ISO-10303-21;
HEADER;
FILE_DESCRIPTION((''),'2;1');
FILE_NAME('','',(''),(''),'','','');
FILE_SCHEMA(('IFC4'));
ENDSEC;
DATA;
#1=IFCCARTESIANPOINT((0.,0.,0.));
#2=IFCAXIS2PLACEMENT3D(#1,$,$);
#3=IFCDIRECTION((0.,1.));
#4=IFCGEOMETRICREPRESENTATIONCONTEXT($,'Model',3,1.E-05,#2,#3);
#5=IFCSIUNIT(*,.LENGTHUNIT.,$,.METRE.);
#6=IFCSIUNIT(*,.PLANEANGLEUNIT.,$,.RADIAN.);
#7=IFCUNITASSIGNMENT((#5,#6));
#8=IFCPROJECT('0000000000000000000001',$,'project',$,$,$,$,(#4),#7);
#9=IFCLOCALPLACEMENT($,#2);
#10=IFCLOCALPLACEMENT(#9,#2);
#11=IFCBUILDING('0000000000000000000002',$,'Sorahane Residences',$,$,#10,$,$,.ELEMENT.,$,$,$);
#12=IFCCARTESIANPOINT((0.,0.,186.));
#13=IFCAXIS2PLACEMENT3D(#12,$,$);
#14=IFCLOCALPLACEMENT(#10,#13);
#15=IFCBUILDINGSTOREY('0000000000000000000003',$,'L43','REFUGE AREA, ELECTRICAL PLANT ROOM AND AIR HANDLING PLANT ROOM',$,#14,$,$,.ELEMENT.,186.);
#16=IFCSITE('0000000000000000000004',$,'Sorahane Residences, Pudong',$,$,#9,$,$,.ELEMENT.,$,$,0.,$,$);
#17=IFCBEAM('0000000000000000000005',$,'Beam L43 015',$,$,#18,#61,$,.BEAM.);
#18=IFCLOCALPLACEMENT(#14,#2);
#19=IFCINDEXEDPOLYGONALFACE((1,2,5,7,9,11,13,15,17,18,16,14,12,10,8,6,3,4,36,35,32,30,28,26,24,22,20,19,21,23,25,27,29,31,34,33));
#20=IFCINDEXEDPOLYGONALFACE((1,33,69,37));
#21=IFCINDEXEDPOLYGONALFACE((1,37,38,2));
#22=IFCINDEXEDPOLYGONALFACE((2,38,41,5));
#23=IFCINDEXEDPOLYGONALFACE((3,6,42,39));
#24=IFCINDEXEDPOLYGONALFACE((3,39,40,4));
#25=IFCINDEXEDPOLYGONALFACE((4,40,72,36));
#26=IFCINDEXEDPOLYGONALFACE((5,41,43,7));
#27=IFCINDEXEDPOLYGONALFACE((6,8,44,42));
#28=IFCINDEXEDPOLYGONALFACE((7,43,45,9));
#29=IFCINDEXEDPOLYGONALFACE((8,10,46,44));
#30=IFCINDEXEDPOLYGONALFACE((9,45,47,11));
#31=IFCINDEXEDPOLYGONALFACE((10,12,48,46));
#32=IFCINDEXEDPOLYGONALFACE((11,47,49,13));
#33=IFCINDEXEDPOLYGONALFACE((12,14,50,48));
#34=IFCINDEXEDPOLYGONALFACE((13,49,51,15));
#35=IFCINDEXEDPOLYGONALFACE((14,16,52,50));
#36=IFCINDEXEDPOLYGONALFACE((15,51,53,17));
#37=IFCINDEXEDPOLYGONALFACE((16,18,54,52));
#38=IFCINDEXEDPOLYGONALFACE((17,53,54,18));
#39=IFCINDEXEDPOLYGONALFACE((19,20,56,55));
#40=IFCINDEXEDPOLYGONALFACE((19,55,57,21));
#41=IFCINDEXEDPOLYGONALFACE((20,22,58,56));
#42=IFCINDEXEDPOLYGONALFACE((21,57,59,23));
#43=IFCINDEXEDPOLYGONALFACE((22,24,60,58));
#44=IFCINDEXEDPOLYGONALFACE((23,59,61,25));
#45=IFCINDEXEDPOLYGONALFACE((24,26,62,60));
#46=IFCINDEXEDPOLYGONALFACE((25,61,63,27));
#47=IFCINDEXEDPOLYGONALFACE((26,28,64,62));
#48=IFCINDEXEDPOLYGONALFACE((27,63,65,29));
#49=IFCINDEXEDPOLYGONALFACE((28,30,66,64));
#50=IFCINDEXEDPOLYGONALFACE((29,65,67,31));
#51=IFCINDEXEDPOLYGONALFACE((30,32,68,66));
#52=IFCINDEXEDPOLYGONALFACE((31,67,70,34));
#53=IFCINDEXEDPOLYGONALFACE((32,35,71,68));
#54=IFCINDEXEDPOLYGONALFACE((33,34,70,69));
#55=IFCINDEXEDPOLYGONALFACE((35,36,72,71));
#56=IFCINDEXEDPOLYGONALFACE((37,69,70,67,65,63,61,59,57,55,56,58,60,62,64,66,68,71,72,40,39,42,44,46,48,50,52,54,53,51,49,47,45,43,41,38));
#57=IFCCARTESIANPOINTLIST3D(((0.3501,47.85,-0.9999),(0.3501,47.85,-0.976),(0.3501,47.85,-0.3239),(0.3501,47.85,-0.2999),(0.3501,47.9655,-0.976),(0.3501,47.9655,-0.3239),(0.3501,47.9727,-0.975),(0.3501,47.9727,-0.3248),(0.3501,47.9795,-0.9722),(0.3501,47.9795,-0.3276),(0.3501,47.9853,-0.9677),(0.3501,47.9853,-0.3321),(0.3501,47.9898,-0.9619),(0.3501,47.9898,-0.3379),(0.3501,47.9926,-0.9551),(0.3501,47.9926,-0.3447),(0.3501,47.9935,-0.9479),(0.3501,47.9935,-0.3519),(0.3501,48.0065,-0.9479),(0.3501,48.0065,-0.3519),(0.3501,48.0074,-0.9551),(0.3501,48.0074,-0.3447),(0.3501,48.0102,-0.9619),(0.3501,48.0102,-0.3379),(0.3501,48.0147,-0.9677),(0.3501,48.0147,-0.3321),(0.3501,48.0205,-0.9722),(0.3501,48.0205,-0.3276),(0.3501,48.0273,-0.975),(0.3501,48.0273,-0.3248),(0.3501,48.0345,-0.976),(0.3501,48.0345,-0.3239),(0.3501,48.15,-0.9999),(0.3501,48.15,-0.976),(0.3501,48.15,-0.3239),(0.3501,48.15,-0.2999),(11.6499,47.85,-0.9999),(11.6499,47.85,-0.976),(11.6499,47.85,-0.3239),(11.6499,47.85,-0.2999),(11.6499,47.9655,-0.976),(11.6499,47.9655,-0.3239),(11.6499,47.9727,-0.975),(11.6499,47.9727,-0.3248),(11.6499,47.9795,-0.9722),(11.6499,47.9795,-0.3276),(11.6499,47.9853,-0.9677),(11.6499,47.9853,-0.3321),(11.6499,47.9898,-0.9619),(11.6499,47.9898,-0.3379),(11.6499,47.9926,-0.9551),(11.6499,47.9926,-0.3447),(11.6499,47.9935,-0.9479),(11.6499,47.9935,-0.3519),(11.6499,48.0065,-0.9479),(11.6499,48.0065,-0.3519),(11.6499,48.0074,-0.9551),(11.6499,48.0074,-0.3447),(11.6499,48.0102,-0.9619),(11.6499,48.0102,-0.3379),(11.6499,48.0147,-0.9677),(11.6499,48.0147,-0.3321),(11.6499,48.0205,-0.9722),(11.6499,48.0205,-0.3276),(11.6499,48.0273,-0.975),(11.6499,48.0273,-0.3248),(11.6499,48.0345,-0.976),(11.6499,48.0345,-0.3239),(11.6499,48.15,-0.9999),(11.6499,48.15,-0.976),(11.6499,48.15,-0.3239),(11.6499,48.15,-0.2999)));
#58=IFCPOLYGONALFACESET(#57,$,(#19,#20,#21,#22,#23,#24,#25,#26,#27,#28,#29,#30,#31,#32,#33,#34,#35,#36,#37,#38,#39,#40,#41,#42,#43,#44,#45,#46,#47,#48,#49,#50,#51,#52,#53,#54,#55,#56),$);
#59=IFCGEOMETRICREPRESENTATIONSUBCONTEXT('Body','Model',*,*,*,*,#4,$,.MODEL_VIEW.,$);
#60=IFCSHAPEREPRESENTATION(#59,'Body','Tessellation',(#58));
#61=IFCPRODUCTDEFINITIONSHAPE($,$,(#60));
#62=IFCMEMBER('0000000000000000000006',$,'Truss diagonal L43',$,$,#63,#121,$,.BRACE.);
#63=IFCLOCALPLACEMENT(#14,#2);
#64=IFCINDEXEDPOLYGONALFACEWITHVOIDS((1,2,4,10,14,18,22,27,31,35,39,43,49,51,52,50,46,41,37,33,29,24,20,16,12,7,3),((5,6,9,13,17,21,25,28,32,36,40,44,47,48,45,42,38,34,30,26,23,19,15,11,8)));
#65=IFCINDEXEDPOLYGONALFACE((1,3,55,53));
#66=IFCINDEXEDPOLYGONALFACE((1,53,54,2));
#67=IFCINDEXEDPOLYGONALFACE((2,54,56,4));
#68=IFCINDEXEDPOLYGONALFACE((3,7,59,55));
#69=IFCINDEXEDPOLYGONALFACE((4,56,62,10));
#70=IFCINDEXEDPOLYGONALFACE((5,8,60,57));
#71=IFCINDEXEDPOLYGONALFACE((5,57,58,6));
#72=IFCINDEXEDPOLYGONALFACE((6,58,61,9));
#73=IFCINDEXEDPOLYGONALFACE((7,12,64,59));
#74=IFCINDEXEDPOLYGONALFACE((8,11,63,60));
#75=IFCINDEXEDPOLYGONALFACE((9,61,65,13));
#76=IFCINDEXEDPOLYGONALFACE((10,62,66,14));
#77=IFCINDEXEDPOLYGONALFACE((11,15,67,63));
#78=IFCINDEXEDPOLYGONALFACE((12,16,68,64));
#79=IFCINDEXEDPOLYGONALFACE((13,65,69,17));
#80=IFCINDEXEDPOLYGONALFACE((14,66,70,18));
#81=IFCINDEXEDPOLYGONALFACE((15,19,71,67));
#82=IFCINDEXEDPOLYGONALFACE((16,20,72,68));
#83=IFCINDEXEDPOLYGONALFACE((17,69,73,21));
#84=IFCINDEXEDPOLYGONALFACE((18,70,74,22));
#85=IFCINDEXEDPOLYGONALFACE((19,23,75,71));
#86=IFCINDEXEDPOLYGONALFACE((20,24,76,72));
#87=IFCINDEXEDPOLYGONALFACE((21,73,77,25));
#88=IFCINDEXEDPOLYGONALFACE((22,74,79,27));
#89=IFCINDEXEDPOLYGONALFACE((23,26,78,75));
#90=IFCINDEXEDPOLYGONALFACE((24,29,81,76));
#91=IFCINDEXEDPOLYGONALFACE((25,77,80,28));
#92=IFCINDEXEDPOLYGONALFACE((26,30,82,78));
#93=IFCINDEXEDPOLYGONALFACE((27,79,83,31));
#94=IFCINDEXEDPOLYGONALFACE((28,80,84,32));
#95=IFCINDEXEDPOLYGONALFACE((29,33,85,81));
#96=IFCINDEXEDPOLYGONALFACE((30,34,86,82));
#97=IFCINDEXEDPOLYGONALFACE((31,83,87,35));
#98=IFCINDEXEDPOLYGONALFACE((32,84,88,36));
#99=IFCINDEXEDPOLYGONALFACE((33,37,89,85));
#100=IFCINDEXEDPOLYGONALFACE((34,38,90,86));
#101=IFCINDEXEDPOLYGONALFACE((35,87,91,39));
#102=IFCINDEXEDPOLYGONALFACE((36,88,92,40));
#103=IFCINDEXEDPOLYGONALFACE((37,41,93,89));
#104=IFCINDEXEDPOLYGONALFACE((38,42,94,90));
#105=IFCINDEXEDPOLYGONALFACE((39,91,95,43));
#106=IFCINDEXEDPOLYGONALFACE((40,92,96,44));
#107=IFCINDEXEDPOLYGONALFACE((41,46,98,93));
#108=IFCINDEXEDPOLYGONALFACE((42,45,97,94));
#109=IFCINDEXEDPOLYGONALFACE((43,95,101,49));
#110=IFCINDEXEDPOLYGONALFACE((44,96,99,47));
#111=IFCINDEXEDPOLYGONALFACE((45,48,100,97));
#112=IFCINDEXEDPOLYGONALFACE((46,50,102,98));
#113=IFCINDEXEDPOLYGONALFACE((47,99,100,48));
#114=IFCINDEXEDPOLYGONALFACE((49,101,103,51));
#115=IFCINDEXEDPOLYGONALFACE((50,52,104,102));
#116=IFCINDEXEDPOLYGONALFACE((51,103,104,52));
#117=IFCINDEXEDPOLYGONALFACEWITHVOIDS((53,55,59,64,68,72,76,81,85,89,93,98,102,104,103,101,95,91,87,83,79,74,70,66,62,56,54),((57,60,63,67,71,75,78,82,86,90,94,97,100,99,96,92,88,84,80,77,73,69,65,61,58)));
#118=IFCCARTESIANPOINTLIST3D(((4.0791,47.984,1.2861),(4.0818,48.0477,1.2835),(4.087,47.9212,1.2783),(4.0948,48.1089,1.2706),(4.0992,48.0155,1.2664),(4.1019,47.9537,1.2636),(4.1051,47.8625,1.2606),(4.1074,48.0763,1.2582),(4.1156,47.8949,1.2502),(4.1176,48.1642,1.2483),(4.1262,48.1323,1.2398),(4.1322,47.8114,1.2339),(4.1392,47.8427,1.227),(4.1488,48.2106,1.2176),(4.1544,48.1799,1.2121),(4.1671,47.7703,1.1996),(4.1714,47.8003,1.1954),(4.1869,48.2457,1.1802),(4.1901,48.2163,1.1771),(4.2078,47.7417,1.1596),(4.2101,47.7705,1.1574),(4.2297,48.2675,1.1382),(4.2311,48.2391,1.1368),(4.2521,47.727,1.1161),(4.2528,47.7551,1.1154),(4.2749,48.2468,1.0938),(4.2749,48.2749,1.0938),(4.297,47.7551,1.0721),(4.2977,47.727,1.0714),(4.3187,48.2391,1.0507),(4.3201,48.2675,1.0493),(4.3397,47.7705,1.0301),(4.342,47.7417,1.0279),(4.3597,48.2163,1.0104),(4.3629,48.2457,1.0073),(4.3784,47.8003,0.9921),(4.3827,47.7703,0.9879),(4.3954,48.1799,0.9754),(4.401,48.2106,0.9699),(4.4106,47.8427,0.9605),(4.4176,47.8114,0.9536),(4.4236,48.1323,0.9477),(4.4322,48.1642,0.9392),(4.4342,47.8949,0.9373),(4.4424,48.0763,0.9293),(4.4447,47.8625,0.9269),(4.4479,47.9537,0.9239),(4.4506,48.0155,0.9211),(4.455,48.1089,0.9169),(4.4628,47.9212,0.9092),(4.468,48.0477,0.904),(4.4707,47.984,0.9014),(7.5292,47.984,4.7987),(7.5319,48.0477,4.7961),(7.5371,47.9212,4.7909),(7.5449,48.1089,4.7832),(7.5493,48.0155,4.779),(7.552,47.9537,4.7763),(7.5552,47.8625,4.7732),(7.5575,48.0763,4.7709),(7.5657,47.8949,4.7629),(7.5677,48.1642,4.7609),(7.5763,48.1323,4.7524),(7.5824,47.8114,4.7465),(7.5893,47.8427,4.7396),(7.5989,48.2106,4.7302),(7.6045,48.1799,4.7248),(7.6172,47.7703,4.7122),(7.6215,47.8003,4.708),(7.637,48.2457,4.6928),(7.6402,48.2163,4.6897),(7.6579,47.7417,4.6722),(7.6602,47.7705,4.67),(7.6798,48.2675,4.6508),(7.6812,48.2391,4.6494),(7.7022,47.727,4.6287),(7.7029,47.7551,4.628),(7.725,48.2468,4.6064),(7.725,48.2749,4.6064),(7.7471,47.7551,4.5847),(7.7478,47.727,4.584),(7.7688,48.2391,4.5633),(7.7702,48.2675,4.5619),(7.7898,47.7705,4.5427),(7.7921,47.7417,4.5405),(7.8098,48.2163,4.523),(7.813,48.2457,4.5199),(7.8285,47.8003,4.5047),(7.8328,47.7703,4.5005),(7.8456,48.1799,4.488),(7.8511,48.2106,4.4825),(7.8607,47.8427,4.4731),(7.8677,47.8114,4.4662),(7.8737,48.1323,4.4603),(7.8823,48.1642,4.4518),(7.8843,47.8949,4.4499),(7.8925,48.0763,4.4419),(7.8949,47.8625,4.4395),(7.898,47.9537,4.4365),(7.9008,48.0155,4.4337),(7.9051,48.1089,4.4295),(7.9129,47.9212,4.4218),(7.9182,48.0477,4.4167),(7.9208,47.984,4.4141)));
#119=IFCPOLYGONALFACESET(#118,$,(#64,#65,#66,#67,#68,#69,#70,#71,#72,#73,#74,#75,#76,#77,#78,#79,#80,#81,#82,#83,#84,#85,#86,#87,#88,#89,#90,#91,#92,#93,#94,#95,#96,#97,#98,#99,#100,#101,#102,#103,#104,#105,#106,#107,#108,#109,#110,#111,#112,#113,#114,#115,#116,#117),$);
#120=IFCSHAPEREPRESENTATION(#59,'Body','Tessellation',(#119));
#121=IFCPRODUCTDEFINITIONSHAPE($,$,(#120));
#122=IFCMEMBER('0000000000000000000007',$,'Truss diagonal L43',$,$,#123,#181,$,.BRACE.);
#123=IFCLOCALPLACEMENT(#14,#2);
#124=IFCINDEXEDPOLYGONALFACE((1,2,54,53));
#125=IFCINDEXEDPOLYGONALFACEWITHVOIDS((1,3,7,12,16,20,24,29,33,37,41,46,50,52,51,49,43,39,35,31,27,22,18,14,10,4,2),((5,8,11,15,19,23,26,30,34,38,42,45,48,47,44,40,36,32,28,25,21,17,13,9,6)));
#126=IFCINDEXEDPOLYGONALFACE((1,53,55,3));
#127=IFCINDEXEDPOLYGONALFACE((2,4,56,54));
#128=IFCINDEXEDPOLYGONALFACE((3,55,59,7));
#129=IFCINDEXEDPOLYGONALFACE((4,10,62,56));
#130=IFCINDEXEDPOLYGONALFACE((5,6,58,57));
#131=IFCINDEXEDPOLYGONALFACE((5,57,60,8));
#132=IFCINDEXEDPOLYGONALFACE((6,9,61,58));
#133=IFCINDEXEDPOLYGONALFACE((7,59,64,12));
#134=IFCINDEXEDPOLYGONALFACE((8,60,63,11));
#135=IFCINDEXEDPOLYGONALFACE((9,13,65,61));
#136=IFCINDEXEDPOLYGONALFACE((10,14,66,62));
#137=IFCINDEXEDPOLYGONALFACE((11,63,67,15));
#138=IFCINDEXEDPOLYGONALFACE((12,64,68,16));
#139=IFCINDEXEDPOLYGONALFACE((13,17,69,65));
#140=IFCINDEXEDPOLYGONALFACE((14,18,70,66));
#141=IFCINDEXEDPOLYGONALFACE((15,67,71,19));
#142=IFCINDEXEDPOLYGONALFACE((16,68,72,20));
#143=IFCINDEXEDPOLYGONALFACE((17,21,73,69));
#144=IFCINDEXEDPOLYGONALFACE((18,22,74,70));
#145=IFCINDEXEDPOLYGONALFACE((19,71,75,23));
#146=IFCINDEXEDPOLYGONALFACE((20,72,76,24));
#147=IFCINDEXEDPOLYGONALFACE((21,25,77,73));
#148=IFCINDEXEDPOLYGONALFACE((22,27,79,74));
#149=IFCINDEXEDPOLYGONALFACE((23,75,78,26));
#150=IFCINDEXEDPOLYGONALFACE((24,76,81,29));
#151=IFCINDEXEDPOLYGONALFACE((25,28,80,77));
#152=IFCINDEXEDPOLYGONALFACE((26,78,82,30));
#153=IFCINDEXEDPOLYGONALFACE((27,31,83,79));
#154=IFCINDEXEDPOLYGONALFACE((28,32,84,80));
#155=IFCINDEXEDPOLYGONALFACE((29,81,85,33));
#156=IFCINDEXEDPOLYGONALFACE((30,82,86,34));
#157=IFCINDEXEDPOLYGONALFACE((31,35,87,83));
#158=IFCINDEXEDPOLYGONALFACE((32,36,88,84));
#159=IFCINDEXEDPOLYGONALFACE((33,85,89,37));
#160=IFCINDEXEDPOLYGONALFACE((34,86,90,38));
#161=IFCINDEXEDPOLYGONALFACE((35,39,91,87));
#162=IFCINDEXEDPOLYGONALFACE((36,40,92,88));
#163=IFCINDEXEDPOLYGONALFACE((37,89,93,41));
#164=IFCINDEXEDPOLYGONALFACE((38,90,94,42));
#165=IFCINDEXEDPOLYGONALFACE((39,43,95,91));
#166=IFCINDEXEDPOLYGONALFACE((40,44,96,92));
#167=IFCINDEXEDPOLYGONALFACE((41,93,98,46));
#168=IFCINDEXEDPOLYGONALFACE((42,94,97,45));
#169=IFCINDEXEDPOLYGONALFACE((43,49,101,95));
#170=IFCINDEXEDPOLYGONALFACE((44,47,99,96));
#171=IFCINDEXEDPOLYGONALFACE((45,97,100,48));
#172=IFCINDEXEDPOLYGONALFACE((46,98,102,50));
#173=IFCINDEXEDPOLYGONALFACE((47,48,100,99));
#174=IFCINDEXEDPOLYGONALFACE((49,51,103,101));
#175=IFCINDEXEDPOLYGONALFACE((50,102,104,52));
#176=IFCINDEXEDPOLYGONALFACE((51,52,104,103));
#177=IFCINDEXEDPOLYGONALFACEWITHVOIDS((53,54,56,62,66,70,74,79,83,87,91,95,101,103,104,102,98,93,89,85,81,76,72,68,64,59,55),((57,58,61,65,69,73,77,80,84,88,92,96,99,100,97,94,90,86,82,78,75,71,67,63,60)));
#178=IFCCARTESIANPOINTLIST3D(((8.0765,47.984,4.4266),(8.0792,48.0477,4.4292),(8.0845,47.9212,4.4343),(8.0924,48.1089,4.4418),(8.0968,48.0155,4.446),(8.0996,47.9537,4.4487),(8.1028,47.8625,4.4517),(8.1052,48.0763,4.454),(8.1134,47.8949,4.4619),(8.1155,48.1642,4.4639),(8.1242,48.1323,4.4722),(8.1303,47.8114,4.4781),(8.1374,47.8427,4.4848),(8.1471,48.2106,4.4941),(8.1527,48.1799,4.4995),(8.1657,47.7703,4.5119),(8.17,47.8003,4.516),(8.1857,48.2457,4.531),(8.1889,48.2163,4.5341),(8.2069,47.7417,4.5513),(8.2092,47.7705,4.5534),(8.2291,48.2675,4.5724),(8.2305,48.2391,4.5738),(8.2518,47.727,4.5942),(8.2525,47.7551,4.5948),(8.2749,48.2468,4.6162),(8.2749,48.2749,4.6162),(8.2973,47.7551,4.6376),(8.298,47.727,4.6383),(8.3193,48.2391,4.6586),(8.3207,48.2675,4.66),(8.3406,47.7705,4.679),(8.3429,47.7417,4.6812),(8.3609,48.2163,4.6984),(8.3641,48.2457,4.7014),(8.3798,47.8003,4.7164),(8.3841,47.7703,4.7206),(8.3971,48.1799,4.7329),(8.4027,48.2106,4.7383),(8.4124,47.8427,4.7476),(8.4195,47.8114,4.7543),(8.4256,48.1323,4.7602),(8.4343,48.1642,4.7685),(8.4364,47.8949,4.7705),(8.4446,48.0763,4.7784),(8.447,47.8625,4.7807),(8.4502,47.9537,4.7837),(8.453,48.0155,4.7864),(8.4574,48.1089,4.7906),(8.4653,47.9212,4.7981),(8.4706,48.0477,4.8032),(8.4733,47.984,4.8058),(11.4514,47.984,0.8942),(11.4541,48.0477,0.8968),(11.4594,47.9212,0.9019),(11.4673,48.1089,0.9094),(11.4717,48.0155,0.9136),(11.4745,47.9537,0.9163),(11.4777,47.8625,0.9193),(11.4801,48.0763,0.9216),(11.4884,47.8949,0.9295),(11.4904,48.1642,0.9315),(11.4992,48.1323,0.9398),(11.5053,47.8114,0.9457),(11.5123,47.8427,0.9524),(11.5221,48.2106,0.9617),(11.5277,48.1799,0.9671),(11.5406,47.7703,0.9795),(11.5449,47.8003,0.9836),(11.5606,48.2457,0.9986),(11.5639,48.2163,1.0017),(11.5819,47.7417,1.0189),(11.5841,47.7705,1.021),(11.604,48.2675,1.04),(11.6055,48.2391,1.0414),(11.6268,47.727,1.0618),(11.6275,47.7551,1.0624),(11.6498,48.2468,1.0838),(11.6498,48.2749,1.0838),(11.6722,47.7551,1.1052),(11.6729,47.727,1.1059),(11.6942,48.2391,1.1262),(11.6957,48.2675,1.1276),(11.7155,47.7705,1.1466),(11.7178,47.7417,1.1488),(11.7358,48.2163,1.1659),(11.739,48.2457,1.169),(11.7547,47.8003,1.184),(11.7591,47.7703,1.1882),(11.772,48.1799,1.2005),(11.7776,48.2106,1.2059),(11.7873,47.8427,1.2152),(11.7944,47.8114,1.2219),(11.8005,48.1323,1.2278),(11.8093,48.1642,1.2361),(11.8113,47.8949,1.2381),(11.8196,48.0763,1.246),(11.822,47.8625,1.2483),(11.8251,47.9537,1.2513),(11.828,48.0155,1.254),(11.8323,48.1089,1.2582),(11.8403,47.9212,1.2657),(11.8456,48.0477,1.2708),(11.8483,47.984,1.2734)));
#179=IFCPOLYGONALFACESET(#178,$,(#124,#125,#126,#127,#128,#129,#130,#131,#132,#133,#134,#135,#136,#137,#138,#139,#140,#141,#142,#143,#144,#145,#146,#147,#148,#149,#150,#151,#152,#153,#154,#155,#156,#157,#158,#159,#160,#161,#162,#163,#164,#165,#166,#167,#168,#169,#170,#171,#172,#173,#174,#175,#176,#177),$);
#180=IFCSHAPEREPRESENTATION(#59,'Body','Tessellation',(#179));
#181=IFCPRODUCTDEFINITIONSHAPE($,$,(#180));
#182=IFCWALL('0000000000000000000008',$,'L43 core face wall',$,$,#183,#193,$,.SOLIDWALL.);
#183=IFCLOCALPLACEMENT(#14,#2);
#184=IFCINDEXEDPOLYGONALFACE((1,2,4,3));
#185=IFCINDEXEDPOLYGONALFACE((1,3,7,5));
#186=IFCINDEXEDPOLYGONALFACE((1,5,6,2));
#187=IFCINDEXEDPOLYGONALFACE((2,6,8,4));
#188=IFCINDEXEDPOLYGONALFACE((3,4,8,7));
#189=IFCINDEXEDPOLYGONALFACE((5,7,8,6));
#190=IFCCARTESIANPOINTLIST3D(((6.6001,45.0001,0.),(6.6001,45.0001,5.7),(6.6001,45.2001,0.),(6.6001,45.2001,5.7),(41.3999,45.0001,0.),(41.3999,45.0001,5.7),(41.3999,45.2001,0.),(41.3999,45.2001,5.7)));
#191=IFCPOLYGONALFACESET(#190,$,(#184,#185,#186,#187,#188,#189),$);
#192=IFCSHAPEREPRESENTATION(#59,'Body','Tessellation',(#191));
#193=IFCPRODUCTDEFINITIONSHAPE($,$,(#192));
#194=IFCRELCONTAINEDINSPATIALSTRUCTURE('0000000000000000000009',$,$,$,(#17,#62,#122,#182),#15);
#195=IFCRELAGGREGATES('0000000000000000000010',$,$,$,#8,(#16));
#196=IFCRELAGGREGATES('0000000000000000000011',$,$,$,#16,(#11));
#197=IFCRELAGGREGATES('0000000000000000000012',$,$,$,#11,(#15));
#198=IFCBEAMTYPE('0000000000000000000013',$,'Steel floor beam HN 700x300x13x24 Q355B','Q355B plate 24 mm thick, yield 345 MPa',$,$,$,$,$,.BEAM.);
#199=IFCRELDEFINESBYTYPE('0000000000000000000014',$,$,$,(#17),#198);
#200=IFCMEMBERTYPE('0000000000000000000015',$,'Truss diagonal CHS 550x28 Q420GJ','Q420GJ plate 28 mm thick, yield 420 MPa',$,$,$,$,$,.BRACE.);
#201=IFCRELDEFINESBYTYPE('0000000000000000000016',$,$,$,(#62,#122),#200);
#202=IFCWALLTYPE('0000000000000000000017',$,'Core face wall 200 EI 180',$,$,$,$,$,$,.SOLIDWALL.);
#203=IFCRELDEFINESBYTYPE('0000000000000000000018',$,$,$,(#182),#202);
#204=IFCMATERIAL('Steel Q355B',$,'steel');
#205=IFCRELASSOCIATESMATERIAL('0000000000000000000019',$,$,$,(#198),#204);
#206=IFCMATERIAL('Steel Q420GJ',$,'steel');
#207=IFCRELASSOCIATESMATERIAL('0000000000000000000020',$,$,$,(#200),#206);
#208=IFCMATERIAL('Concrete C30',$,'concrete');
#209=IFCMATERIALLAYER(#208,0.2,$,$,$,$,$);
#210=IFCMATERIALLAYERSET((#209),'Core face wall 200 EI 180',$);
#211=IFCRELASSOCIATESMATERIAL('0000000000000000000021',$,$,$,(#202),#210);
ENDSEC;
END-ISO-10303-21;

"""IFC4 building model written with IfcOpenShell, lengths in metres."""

from ifc_helpers import new_model, si_unit, direction, frame, frame_2d, origin, origin_2d, place, context, subcontext, project, spatial, rectangle, hollow_circle, i_section, extrude, material, layer, layer_set, material_profile, profile_set, type_object, element, save


model = new_model("IFC4")

# Units and contexts
model_context = context("Model", 3, precision=1e-05, world=origin(), true_north=direction((0.0, 1.0)))
body_context = subcontext(model_context, "Body", "Model", "MODEL_VIEW")
ifc_project = project(units=[si_unit("LENGTHUNIT", "METRE"), si_unit("PLANEANGLEUNIT", "RADIAN")], contexts=[model_context])

# Site, building, storey
site_placement = place(None, origin())
site = spatial("IfcSite", under=ifc_project, at=site_placement, Name="Sorahane Residences, Pudong", CompositionType="ELEMENT", RefElevation=0.0)
building_placement = place(site_placement, origin())
building = spatial("IfcBuilding", under=site, at=building_placement, Name="Sorahane Residences", CompositionType="ELEMENT")
storey_placement = place(building_placement, frame((0.0, 0.0, 186.0)))
storey = spatial("IfcBuildingStorey", under=building, at=storey_placement, Name="L43", Description="REFUGE AREA, ELECTRICAL PLANT ROOM AND AIR HANDLING PLANT ROOM", CompositionType="ELEMENT", Elevation=186.0)

# Beam
ifc_material_1 = material(Name="Steel Q355B", Category="steel")
ifc_material_profile_1 = material_profile(ifc_material_1, i_section(OverallWidth=0.3, OverallDepth=0.7, WebThickness=0.0129, FlangeThickness=0.0239, FilletRadius=0.0281, at=origin_2d()), Name="HN 700x300x13x24")
ifc_profile_set_1 = profile_set([ifc_material_profile_1], Name="Steel Q355B")
beam_type_1 = type_object("IfcBeamType", Name="Steel floor beam HN 700x300x13x24 Q355B", Description="Q355B plate 24 mm thick, yield 345 MPa", PredefinedType="BEAM", material=ifc_profile_set_1)
beam_1_placement = place(storey_placement, frame((0.3501, 48.0, -0.6499), z_axis=(1.0, 0.0, 0.0), x_axis=(0.0, 1.0, 0.0)))
element("IfcBeam", 1, at=beam_1_placement, inside=storey, type_object=beam_type_1, Name="Beam L43 015", PredefinedType="BEAM", context=body_context, shape_type="SweptSolid", body=[
    extrude(i_section(OverallWidth=0.3, OverallDepth=0.7, WebThickness=0.0129, FlangeThickness=0.0239, FilletRadius=0.0281, at=origin_2d()), origin(), (0.0, 0.0, 1.0), 11.2998),
])

# Members
ifc_material_2 = material(Name="Steel Q420GJ", Category="steel")
ifc_material_profile_2 = material_profile(ifc_material_2, hollow_circle(Radius=0.2749, WallThickness=0.0281, at=origin_2d()), Name="CHS 550x28")
ifc_profile_set_2 = profile_set([ifc_material_profile_2], Name="Steel Q420GJ")
member_type = type_object("IfcMemberType", Name="Truss diagonal CHS 550x28 Q420GJ", Description="Q420GJ plate 28 mm thick, yield 420 MPa", PredefinedType="BRACE", material=ifc_profile_set_2)
member_1_placement = place(storey_placement, frame((4.2749, 48.0, 1.0938), z_axis=(0.700731, 0.0, 0.713425), x_axis=(0.0, 1.0, 0.0)))
element("IfcMember", 2, at=member_1_placement, inside=storey, type_object=member_type, Name="Truss diagonal L43", PredefinedType="BRACE", context=body_context, shape_type="SweptSolid", body=[
    extrude(hollow_circle(Radius=0.2749, WallThickness=0.0281, at=origin_2d()), origin(), (0.0, 0.0, 1.0), 4.9236),
])
member_2_placement = place(storey_placement, frame((8.2749, 48.0, 4.6162), z_axis=(0.690807, 0.0, -0.723039), x_axis=(0.0, 1.0, 0.0)))
element("IfcMember", 3, at=member_2_placement, inside=storey, type_object=member_type, Name="Truss diagonal L43", PredefinedType="BRACE", context=body_context, shape_type="SweptSolid", body=[
    extrude(hollow_circle(Radius=0.2749, WallThickness=0.0281, at=origin_2d()), origin(), (0.0, 0.0, 1.0), 4.8855),
])

# Wall
ifc_material_3 = material(Name="Concrete C30", Category="concrete")
ifc_layer_1 = layer(ifc_material_3, 0.2)
ifc_layer_set_1 = layer_set([ifc_layer_1], Name="Core face wall 200 EI 180")
wall_type_1 = type_object("IfcWallType", Name="Core face wall 200 EI 180", PredefinedType="SOLIDWALL", material=ifc_layer_set_1)
wall_1_placement = place(storey_placement, frame((6.6001, 45.1001, 0.0), z_axis=(0.0, 0.0, 1.0), x_axis=(1.0, 0.0, 0.0)))
element("IfcWall", 4, at=wall_1_placement, inside=storey, type_object=wall_type_1, Name="L43 core face wall", PredefinedType="SOLIDWALL", context=body_context, shape_type="SweptSolid", body=[
    extrude(rectangle(XDim=34.7998, YDim=0.2, at=frame_2d((17.3999, 0.0))), origin(), (0.0, 0.0, 1.0), 5.7),
])

save(model, "model.ifc")
